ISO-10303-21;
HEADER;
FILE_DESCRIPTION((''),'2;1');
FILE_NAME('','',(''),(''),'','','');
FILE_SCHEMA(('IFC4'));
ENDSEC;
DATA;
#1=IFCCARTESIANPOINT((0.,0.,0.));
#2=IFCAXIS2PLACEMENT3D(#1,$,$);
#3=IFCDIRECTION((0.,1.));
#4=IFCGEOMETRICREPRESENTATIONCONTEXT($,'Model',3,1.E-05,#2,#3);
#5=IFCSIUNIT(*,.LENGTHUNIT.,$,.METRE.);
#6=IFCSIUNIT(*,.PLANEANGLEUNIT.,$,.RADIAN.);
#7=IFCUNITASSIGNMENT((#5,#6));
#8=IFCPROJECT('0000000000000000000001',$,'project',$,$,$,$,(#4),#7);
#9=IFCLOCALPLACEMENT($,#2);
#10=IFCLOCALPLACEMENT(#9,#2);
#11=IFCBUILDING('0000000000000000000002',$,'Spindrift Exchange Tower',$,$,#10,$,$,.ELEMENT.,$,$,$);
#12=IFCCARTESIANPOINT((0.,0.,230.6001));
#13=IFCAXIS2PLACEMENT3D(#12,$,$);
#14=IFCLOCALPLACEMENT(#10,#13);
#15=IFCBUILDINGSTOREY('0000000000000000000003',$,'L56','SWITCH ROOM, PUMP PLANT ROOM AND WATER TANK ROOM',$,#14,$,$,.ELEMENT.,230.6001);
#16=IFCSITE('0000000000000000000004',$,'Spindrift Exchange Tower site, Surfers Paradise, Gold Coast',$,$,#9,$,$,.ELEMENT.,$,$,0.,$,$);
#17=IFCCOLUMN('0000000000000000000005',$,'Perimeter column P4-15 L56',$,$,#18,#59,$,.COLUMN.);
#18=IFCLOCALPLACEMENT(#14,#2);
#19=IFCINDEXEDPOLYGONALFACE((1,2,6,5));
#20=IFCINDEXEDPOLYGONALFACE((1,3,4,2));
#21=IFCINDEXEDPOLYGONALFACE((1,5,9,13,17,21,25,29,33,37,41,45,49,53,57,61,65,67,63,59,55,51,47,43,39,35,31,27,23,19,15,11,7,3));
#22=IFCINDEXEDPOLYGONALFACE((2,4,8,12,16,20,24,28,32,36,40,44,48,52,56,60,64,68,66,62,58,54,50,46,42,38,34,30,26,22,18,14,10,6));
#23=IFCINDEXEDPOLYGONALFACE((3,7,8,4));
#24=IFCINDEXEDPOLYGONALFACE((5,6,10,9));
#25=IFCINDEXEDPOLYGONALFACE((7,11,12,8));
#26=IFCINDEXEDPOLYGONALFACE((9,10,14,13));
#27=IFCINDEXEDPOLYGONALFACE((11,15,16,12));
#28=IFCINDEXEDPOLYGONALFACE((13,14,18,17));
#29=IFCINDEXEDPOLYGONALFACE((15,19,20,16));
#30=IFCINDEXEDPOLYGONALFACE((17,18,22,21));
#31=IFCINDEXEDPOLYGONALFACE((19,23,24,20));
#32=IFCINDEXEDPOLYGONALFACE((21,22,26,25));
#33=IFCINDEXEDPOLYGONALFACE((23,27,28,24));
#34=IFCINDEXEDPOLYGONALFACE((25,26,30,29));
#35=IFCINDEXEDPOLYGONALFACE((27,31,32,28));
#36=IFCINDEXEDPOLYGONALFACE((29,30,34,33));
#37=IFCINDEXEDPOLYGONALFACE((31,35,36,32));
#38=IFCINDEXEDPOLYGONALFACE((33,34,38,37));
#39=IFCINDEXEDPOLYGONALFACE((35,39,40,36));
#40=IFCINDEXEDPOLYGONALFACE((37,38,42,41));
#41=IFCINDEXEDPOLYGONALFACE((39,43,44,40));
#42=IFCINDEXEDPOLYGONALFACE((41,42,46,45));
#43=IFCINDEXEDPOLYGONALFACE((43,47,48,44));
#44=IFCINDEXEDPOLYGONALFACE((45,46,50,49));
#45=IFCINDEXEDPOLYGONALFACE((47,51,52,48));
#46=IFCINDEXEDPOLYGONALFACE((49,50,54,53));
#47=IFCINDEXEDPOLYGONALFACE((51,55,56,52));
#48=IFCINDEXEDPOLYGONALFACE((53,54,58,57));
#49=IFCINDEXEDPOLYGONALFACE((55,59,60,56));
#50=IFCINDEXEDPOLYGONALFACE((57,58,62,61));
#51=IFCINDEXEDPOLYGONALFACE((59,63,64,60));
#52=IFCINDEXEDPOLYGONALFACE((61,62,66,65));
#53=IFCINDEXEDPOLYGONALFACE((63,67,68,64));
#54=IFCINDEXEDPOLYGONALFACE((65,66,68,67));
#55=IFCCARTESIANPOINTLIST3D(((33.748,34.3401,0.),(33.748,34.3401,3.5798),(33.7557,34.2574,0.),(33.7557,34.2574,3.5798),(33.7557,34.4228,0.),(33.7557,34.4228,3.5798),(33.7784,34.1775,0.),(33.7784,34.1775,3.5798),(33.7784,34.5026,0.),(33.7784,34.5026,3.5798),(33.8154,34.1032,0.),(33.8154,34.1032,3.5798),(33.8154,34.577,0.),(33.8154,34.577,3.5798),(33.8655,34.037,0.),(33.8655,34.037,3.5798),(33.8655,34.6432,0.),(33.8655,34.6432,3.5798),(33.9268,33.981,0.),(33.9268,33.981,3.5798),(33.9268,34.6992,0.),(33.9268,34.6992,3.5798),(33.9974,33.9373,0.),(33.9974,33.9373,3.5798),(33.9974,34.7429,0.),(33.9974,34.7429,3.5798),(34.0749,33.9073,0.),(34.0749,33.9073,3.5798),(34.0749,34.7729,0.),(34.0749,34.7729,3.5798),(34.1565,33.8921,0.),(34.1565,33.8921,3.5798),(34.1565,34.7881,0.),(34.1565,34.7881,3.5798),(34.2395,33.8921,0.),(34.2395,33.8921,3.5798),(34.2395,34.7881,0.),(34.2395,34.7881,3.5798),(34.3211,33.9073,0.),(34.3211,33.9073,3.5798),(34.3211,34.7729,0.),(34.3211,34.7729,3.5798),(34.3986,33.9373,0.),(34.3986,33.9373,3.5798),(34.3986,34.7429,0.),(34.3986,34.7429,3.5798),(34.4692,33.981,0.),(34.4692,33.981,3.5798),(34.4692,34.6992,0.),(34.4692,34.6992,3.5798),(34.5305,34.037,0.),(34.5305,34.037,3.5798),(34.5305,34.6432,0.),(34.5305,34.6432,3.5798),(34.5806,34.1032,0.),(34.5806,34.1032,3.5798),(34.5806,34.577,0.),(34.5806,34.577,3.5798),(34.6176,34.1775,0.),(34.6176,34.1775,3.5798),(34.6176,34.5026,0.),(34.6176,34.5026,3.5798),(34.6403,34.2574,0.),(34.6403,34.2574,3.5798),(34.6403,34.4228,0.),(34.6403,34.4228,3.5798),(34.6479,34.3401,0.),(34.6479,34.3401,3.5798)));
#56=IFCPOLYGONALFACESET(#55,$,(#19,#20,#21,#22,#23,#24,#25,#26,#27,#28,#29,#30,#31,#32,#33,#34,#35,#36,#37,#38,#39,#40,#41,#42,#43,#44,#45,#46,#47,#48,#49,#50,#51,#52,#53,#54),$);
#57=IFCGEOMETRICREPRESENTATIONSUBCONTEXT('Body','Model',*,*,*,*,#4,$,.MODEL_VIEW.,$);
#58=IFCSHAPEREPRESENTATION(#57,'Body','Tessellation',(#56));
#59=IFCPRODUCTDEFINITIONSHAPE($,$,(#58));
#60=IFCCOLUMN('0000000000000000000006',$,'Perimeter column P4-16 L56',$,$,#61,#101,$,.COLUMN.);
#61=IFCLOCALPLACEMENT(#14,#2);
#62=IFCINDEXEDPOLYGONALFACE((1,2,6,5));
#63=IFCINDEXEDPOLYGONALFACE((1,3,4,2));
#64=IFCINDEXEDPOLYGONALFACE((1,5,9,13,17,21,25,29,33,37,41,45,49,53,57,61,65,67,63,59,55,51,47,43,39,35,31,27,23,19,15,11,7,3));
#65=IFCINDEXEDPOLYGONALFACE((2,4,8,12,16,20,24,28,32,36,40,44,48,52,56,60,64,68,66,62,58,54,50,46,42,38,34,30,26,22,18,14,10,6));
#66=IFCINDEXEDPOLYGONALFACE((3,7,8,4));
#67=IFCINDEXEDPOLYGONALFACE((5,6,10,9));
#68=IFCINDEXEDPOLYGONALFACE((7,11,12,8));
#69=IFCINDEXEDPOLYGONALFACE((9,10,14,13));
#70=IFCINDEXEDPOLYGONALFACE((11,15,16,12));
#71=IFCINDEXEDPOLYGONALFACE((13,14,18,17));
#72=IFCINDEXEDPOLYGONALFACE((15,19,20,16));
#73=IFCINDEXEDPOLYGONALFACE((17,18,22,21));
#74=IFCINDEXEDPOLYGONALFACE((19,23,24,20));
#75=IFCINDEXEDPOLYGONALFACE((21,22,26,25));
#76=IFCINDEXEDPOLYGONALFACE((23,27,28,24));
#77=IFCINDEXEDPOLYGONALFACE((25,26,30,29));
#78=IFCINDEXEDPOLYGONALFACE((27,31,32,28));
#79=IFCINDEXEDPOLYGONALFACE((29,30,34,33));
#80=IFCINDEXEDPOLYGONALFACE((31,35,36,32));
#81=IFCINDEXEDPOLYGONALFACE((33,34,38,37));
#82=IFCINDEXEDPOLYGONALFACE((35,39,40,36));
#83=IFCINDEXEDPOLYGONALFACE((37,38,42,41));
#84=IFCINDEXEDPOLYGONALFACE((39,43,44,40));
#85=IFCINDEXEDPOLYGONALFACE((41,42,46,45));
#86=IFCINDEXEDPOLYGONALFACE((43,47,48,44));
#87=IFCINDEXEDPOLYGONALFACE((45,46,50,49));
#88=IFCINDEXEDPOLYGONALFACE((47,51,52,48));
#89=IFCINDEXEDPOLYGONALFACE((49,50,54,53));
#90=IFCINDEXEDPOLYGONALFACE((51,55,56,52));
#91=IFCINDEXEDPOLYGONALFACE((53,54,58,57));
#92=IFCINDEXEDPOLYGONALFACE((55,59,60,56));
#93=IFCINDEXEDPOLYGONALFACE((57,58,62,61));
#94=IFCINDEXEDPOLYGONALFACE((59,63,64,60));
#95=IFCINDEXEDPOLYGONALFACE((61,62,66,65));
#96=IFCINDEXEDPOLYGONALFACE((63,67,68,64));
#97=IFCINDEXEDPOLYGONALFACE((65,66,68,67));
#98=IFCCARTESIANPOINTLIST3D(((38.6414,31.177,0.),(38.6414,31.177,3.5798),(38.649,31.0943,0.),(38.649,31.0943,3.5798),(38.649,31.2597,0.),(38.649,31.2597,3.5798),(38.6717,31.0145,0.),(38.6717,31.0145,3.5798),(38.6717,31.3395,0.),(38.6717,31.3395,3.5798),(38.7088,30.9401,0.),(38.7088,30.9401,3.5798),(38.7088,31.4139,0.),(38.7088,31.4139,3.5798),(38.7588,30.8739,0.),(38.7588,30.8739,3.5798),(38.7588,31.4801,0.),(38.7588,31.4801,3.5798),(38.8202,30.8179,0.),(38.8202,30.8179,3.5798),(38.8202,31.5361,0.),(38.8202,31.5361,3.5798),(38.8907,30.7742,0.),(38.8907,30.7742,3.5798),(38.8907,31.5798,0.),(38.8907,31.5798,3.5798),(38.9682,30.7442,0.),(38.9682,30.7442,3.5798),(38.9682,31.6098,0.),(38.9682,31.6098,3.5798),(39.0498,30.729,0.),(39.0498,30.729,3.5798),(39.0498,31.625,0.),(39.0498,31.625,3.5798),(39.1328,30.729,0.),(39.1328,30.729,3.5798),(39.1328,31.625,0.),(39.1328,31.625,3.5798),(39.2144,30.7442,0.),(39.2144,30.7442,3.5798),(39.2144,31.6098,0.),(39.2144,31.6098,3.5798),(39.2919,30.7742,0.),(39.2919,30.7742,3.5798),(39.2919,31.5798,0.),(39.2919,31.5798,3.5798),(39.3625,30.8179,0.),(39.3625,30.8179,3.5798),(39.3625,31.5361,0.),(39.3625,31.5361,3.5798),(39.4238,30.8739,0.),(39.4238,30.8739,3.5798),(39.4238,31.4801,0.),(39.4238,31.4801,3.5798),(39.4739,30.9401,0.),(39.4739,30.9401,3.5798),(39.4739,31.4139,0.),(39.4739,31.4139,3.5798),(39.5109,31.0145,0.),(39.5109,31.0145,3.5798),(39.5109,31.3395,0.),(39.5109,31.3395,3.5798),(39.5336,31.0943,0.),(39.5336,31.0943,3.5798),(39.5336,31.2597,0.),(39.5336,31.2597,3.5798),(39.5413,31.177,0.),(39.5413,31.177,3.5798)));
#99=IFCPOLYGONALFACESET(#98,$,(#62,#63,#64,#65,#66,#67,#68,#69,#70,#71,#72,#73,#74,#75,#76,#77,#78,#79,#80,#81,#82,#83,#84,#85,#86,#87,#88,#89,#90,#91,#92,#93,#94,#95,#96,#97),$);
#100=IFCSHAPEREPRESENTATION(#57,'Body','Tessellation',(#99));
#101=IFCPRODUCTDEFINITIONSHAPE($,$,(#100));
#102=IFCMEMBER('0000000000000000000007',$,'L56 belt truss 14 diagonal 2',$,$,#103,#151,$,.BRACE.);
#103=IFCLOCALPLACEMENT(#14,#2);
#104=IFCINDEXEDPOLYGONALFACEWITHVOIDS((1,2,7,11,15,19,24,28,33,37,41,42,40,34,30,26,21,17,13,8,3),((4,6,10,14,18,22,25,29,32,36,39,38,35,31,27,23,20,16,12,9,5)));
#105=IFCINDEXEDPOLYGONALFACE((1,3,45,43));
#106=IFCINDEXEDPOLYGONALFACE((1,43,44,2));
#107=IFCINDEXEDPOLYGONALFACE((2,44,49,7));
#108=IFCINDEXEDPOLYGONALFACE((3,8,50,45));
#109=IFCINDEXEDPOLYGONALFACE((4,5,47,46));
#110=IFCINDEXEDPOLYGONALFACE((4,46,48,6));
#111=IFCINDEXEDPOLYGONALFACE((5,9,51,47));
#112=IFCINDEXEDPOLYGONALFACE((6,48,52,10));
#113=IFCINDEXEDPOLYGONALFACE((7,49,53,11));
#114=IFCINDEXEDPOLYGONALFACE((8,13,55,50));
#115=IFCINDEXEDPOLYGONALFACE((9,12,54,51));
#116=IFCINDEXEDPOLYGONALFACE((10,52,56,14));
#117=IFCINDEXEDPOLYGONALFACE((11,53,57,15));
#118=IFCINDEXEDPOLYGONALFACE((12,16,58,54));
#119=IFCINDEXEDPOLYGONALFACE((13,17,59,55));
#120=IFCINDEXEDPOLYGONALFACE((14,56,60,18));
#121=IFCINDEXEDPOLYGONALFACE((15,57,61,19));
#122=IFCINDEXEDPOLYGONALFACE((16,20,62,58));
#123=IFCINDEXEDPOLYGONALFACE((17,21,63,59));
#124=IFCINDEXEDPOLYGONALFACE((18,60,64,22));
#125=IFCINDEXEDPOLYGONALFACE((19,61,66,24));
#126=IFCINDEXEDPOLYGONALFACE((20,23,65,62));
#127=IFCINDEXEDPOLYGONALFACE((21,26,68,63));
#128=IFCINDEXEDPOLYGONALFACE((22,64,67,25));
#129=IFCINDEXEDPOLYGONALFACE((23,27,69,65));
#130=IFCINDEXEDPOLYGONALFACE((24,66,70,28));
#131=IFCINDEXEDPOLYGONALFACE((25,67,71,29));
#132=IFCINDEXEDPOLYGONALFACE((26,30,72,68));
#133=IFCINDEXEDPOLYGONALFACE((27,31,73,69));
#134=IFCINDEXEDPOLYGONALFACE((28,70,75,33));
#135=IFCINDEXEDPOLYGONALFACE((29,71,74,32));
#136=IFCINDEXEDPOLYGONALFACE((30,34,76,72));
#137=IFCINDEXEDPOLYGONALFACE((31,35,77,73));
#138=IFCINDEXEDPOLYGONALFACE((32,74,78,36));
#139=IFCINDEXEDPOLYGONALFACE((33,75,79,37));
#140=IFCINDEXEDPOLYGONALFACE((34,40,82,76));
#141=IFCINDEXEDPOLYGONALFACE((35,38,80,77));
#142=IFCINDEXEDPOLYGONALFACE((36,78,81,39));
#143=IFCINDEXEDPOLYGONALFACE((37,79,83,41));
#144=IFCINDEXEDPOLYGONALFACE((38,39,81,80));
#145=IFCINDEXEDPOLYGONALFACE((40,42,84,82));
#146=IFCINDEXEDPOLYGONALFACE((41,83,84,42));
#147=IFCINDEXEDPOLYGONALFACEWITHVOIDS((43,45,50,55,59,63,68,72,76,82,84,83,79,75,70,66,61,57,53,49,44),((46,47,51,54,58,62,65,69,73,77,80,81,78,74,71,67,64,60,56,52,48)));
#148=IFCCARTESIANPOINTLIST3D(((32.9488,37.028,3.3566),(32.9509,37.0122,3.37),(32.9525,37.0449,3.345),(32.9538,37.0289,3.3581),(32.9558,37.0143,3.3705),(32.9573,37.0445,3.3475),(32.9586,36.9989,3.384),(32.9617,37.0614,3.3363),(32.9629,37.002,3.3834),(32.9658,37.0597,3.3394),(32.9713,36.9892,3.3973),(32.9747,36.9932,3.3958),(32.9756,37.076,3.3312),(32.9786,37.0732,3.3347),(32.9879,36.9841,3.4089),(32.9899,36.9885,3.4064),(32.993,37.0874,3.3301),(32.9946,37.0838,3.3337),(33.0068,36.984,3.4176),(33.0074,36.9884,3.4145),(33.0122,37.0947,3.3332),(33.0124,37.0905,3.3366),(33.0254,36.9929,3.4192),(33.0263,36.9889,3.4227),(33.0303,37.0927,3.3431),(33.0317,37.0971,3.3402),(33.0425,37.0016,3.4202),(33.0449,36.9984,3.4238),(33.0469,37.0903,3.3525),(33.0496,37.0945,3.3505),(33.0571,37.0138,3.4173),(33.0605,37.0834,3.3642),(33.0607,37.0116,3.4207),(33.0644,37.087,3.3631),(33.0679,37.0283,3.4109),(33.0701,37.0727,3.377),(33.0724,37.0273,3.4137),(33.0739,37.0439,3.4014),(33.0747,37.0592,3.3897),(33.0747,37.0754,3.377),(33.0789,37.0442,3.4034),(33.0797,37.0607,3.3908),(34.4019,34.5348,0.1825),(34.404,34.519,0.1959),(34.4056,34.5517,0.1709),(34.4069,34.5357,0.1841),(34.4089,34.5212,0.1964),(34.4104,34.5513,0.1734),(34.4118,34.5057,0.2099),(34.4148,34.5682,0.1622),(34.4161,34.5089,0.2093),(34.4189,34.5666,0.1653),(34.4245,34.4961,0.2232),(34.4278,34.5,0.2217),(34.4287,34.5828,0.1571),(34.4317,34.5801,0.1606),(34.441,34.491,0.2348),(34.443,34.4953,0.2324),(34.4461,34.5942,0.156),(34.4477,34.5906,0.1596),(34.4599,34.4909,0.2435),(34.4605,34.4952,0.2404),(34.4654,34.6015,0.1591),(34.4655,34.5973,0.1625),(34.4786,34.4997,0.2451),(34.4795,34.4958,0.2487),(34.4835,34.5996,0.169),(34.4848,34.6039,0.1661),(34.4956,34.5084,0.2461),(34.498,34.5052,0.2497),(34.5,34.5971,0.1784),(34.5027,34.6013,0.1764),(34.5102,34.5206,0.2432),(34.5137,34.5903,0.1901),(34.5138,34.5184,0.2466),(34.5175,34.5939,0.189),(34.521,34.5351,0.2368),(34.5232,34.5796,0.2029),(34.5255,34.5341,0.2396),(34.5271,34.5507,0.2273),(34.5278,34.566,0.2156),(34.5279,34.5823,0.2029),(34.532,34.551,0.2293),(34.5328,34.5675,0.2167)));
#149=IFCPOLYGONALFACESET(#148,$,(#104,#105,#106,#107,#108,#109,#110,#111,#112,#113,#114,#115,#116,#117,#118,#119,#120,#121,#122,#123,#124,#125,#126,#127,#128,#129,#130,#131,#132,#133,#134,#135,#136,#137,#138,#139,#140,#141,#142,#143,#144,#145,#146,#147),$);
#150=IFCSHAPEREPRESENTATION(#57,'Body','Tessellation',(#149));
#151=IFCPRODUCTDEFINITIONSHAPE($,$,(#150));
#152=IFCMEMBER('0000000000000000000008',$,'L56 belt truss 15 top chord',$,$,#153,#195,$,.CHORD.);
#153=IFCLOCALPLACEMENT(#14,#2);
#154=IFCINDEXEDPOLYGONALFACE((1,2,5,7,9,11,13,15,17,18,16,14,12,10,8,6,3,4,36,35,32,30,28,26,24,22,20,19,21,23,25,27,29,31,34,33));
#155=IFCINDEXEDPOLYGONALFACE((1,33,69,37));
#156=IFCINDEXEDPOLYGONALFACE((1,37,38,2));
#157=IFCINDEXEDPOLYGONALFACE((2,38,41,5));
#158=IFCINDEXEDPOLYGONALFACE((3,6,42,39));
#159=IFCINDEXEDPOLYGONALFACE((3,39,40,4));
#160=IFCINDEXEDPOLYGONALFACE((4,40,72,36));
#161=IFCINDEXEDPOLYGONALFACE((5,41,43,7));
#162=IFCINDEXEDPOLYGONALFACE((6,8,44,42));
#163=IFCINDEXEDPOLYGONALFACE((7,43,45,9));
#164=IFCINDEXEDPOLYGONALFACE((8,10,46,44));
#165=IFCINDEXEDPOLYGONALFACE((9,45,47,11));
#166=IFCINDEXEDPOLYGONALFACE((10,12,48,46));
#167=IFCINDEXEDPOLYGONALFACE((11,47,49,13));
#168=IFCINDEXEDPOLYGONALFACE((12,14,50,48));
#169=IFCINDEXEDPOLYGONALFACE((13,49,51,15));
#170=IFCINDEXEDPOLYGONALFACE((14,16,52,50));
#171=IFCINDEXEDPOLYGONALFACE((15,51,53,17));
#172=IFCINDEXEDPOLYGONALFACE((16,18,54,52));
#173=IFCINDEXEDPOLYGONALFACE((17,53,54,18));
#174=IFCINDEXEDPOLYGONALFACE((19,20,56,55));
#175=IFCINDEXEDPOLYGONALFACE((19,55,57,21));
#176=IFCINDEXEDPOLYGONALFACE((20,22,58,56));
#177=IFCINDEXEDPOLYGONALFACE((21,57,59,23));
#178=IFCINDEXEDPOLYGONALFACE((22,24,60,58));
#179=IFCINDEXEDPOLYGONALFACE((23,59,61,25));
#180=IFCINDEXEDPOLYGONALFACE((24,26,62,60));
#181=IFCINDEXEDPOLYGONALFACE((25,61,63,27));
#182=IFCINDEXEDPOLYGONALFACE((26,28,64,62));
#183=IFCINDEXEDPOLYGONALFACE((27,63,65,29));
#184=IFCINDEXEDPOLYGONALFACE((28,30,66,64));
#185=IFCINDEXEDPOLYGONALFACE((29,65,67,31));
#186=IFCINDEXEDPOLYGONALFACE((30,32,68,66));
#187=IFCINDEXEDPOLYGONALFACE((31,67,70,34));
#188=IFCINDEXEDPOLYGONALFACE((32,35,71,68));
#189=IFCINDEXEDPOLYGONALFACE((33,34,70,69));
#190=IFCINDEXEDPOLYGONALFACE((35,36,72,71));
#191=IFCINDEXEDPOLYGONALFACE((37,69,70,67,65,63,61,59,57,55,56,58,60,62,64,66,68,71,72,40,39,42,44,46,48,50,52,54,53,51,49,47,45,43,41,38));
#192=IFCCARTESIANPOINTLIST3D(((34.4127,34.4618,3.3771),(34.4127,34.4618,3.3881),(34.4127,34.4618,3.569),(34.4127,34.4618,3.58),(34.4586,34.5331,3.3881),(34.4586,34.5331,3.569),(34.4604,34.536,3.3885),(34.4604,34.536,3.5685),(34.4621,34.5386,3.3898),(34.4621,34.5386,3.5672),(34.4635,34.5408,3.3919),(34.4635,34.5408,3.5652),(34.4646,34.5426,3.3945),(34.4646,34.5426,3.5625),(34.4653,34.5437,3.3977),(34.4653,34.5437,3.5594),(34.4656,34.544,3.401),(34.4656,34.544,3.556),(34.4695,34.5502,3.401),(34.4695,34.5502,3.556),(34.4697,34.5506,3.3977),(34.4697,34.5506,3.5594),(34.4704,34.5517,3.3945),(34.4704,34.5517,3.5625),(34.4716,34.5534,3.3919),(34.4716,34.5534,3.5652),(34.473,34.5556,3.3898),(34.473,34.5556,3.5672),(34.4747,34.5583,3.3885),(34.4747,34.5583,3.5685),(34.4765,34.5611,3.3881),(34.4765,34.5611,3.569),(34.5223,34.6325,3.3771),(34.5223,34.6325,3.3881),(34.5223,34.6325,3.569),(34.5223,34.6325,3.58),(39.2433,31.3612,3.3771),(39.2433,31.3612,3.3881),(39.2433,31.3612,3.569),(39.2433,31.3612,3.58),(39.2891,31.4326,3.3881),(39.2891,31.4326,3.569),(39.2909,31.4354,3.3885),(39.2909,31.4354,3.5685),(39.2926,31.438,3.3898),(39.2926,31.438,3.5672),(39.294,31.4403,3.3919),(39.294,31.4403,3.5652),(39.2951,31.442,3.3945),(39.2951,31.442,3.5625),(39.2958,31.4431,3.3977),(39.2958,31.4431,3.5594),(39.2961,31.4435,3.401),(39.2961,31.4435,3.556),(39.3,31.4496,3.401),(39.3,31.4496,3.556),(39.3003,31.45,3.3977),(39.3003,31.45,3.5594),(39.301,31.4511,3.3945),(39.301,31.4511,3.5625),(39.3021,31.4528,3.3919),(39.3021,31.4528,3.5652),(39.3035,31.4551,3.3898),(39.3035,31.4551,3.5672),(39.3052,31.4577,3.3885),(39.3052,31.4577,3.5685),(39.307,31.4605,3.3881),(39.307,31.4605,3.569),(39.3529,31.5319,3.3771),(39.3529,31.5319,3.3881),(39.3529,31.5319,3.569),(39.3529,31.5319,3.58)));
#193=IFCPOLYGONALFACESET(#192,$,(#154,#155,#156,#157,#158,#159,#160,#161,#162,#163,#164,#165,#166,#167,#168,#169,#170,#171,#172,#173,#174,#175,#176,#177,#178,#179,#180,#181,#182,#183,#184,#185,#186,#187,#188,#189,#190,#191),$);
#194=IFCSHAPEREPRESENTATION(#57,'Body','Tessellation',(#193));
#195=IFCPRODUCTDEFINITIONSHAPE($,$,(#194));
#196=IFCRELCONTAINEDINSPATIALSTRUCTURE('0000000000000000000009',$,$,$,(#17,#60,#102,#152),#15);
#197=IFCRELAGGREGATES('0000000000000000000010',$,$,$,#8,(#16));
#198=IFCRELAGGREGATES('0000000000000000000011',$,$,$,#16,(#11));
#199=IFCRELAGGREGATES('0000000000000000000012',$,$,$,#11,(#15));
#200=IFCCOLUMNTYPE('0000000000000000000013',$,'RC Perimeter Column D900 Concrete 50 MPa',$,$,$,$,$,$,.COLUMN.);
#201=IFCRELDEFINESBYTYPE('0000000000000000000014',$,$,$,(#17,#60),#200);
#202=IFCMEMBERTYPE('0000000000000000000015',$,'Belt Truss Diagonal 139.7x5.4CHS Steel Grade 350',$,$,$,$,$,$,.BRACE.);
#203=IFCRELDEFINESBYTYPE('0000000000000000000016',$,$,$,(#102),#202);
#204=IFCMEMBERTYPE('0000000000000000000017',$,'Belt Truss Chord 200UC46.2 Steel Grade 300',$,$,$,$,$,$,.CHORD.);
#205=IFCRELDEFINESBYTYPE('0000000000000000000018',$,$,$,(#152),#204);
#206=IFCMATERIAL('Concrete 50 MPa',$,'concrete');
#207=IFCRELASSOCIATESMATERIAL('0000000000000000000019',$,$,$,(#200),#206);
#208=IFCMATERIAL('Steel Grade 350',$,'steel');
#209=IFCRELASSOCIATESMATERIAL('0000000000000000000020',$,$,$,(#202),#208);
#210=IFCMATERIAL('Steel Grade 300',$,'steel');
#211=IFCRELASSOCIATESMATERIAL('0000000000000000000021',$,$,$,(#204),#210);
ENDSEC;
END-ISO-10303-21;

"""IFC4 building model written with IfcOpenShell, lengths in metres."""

from ifc_helpers import new_model, si_unit, direction, frame, origin, origin_2d, place, context, subcontext, project, spatial, circle, hollow_circle, i_section, extrude, source, transform, mapped, material, material_profile, profile_set, type_object, element, save


model = new_model("IFC4")

# Units and contexts
model_context = context("Model", 3, precision=1e-05, world=origin(), true_north=direction((0.0, 1.0)))
body_context = subcontext(model_context, "Body", "Model", "MODEL_VIEW")
ifc_project = project(units=[si_unit("LENGTHUNIT", "METRE"), si_unit("PLANEANGLEUNIT", "RADIAN")], contexts=[model_context])

# Site, building, storey
site_placement = place(None, origin())
site = spatial("IfcSite", under=ifc_project, at=site_placement, Name="Spindrift Exchange Tower site, Surfers Paradise, Gold Coast", CompositionType="ELEMENT", RefElevation=0.0)
building_placement = place(site_placement, origin())
building = spatial("IfcBuilding", under=site, at=building_placement, Name="Spindrift Exchange Tower", CompositionType="ELEMENT")
storey_placement = place(building_placement, frame((0.0, 0.0, 230.6001)))
storey = spatial("IfcBuildingStorey", under=building, at=storey_placement, Name="L56", Description="SWITCH ROOM, PUMP PLANT ROOM AND WATER TANK ROOM", CompositionType="ELEMENT", Elevation=230.6001)

# Columns
ifc_material_1 = material(Name="Concrete 50 MPa", Category="concrete")
ifc_material_profile_1 = material_profile(ifc_material_1, circle(Radius=0.45, at=origin_2d()), Name="RC D900")
ifc_profile_set_1 = profile_set([ifc_material_profile_1], Name="Concrete 50 MPa")
column_type = type_object("IfcColumnType", Name="RC Perimeter Column D900 Concrete 50 MPa", PredefinedType="COLUMN", material=ifc_profile_set_1)
shared_shape_1 = source(origin(), body_context, "Body", "SweptSolid", [
    extrude(circle(Radius=0.45, at=origin_2d()), origin(), (0.0, 0.0, 1.0), 3.5798),
])
for number, where, z_axis, x_axis, name in (
    (1, (34.198, 34.3401, 0.0), (0.0, 0.0, 1.0), (1.0, 0.0, 0.0), "Perimeter column P4-15 L56"),
    (2, (39.0913, 31.177, 0.0), (0.0, 0.0, 1.0), (1.0, 0.0, 0.0), "Perimeter column P4-16 L56"),
):
    element("IfcColumn", number, at=place(storey_placement, frame(where, z_axis=z_axis, x_axis=x_axis)), inside=storey, type_object=column_type, Name=name, PredefinedType="COLUMN", context=body_context, shape_type="MappedRepresentation", body=[
        mapped(shared_shape_1, transform((0.0, 0.0, 0.0), scale=1.0)),
    ])

# Members
ifc_material_2 = material(Name="Steel Grade 350", Category="steel")
ifc_material_profile_2 = material_profile(ifc_material_2, hollow_circle(Radius=0.0698, WallThickness=0.0054, at=origin_2d()), Name="139.7x5.4CHS")
ifc_profile_set_2 = profile_set([ifc_material_profile_2], Name="Steel Grade 350")
member_type_1 = type_object("IfcMemberType", Name="Belt Truss Diagonal 139.7x5.4CHS Steel Grade 350", PredefinedType="BRACE", material=ifc_profile_set_2)
shared_shape_2 = source(origin(), body_context, "Body", "SweptSolid", [
    extrude(hollow_circle(Radius=0.0698, WallThickness=0.0054, at=origin_2d()), origin(), (0.0, 0.0, 1.0), 4.2898),
])
member_1_placement = place(storey_placement, frame((33.0144, 37.0403, 3.377), z_axis=(0.338742, -0.581188, -0.739916), x_axis=(0.863963, 0.503555, 0.0)))
element("IfcMember", 3, at=member_1_placement, inside=storey, type_object=member_type_1, Name="L56 belt truss 14 diagonal 2", PredefinedType="BRACE", context=body_context, shape_type="MappedRepresentation", body=[
    mapped(shared_shape_2, transform((0.0, 0.0, 0.0), scale=1.0)),
])
ifc_material_3 = material(Name="Steel Grade 300", Category="steel")
ifc_material_profile_3 = material_profile(ifc_material_3, i_section(OverallWidth=0.2029, OverallDepth=0.2029, WebThickness=0.0073, FlangeThickness=0.011, FilletRadius=0.0129, at=origin_2d()), Name="200UC46.2")
ifc_profile_set_3 = profile_set([ifc_material_profile_3], Name="Steel Grade 300")
member_type_2 = type_object("IfcMemberType", Name="Belt Truss Chord 200UC46.2 Steel Grade 300", PredefinedType="CHORD", material=ifc_profile_set_3)
shared_shape_3 = source(origin(), body_context, "Body", "SweptSolid", [
    extrude(i_section(OverallWidth=0.2029, OverallDepth=0.2029, WebThickness=0.0073, FlangeThickness=0.011, FilletRadius=0.0129, at=origin_2d()), origin(), (0.0, 0.0, 1.0), 5.74),
])
for number, where, z_axis, x_axis, name in (
    (4, (34.4675, 34.5471, 3.4785), (0.841557, -0.540168, 0.0), (0.540168, 0.841557, 0.0), "L56 belt truss 15 top chord"),
):
    element("IfcMember", number, at=place(storey_placement, frame(where, z_axis=z_axis, x_axis=x_axis)), inside=storey, type_object=member_type_2, Name=name, PredefinedType="CHORD", context=body_context, shape_type="MappedRepresentation", body=[
        mapped(shared_shape_3, transform((0.0, 0.0, 0.0), scale=1.0)),
    ])

save(model, "model.ifc")
